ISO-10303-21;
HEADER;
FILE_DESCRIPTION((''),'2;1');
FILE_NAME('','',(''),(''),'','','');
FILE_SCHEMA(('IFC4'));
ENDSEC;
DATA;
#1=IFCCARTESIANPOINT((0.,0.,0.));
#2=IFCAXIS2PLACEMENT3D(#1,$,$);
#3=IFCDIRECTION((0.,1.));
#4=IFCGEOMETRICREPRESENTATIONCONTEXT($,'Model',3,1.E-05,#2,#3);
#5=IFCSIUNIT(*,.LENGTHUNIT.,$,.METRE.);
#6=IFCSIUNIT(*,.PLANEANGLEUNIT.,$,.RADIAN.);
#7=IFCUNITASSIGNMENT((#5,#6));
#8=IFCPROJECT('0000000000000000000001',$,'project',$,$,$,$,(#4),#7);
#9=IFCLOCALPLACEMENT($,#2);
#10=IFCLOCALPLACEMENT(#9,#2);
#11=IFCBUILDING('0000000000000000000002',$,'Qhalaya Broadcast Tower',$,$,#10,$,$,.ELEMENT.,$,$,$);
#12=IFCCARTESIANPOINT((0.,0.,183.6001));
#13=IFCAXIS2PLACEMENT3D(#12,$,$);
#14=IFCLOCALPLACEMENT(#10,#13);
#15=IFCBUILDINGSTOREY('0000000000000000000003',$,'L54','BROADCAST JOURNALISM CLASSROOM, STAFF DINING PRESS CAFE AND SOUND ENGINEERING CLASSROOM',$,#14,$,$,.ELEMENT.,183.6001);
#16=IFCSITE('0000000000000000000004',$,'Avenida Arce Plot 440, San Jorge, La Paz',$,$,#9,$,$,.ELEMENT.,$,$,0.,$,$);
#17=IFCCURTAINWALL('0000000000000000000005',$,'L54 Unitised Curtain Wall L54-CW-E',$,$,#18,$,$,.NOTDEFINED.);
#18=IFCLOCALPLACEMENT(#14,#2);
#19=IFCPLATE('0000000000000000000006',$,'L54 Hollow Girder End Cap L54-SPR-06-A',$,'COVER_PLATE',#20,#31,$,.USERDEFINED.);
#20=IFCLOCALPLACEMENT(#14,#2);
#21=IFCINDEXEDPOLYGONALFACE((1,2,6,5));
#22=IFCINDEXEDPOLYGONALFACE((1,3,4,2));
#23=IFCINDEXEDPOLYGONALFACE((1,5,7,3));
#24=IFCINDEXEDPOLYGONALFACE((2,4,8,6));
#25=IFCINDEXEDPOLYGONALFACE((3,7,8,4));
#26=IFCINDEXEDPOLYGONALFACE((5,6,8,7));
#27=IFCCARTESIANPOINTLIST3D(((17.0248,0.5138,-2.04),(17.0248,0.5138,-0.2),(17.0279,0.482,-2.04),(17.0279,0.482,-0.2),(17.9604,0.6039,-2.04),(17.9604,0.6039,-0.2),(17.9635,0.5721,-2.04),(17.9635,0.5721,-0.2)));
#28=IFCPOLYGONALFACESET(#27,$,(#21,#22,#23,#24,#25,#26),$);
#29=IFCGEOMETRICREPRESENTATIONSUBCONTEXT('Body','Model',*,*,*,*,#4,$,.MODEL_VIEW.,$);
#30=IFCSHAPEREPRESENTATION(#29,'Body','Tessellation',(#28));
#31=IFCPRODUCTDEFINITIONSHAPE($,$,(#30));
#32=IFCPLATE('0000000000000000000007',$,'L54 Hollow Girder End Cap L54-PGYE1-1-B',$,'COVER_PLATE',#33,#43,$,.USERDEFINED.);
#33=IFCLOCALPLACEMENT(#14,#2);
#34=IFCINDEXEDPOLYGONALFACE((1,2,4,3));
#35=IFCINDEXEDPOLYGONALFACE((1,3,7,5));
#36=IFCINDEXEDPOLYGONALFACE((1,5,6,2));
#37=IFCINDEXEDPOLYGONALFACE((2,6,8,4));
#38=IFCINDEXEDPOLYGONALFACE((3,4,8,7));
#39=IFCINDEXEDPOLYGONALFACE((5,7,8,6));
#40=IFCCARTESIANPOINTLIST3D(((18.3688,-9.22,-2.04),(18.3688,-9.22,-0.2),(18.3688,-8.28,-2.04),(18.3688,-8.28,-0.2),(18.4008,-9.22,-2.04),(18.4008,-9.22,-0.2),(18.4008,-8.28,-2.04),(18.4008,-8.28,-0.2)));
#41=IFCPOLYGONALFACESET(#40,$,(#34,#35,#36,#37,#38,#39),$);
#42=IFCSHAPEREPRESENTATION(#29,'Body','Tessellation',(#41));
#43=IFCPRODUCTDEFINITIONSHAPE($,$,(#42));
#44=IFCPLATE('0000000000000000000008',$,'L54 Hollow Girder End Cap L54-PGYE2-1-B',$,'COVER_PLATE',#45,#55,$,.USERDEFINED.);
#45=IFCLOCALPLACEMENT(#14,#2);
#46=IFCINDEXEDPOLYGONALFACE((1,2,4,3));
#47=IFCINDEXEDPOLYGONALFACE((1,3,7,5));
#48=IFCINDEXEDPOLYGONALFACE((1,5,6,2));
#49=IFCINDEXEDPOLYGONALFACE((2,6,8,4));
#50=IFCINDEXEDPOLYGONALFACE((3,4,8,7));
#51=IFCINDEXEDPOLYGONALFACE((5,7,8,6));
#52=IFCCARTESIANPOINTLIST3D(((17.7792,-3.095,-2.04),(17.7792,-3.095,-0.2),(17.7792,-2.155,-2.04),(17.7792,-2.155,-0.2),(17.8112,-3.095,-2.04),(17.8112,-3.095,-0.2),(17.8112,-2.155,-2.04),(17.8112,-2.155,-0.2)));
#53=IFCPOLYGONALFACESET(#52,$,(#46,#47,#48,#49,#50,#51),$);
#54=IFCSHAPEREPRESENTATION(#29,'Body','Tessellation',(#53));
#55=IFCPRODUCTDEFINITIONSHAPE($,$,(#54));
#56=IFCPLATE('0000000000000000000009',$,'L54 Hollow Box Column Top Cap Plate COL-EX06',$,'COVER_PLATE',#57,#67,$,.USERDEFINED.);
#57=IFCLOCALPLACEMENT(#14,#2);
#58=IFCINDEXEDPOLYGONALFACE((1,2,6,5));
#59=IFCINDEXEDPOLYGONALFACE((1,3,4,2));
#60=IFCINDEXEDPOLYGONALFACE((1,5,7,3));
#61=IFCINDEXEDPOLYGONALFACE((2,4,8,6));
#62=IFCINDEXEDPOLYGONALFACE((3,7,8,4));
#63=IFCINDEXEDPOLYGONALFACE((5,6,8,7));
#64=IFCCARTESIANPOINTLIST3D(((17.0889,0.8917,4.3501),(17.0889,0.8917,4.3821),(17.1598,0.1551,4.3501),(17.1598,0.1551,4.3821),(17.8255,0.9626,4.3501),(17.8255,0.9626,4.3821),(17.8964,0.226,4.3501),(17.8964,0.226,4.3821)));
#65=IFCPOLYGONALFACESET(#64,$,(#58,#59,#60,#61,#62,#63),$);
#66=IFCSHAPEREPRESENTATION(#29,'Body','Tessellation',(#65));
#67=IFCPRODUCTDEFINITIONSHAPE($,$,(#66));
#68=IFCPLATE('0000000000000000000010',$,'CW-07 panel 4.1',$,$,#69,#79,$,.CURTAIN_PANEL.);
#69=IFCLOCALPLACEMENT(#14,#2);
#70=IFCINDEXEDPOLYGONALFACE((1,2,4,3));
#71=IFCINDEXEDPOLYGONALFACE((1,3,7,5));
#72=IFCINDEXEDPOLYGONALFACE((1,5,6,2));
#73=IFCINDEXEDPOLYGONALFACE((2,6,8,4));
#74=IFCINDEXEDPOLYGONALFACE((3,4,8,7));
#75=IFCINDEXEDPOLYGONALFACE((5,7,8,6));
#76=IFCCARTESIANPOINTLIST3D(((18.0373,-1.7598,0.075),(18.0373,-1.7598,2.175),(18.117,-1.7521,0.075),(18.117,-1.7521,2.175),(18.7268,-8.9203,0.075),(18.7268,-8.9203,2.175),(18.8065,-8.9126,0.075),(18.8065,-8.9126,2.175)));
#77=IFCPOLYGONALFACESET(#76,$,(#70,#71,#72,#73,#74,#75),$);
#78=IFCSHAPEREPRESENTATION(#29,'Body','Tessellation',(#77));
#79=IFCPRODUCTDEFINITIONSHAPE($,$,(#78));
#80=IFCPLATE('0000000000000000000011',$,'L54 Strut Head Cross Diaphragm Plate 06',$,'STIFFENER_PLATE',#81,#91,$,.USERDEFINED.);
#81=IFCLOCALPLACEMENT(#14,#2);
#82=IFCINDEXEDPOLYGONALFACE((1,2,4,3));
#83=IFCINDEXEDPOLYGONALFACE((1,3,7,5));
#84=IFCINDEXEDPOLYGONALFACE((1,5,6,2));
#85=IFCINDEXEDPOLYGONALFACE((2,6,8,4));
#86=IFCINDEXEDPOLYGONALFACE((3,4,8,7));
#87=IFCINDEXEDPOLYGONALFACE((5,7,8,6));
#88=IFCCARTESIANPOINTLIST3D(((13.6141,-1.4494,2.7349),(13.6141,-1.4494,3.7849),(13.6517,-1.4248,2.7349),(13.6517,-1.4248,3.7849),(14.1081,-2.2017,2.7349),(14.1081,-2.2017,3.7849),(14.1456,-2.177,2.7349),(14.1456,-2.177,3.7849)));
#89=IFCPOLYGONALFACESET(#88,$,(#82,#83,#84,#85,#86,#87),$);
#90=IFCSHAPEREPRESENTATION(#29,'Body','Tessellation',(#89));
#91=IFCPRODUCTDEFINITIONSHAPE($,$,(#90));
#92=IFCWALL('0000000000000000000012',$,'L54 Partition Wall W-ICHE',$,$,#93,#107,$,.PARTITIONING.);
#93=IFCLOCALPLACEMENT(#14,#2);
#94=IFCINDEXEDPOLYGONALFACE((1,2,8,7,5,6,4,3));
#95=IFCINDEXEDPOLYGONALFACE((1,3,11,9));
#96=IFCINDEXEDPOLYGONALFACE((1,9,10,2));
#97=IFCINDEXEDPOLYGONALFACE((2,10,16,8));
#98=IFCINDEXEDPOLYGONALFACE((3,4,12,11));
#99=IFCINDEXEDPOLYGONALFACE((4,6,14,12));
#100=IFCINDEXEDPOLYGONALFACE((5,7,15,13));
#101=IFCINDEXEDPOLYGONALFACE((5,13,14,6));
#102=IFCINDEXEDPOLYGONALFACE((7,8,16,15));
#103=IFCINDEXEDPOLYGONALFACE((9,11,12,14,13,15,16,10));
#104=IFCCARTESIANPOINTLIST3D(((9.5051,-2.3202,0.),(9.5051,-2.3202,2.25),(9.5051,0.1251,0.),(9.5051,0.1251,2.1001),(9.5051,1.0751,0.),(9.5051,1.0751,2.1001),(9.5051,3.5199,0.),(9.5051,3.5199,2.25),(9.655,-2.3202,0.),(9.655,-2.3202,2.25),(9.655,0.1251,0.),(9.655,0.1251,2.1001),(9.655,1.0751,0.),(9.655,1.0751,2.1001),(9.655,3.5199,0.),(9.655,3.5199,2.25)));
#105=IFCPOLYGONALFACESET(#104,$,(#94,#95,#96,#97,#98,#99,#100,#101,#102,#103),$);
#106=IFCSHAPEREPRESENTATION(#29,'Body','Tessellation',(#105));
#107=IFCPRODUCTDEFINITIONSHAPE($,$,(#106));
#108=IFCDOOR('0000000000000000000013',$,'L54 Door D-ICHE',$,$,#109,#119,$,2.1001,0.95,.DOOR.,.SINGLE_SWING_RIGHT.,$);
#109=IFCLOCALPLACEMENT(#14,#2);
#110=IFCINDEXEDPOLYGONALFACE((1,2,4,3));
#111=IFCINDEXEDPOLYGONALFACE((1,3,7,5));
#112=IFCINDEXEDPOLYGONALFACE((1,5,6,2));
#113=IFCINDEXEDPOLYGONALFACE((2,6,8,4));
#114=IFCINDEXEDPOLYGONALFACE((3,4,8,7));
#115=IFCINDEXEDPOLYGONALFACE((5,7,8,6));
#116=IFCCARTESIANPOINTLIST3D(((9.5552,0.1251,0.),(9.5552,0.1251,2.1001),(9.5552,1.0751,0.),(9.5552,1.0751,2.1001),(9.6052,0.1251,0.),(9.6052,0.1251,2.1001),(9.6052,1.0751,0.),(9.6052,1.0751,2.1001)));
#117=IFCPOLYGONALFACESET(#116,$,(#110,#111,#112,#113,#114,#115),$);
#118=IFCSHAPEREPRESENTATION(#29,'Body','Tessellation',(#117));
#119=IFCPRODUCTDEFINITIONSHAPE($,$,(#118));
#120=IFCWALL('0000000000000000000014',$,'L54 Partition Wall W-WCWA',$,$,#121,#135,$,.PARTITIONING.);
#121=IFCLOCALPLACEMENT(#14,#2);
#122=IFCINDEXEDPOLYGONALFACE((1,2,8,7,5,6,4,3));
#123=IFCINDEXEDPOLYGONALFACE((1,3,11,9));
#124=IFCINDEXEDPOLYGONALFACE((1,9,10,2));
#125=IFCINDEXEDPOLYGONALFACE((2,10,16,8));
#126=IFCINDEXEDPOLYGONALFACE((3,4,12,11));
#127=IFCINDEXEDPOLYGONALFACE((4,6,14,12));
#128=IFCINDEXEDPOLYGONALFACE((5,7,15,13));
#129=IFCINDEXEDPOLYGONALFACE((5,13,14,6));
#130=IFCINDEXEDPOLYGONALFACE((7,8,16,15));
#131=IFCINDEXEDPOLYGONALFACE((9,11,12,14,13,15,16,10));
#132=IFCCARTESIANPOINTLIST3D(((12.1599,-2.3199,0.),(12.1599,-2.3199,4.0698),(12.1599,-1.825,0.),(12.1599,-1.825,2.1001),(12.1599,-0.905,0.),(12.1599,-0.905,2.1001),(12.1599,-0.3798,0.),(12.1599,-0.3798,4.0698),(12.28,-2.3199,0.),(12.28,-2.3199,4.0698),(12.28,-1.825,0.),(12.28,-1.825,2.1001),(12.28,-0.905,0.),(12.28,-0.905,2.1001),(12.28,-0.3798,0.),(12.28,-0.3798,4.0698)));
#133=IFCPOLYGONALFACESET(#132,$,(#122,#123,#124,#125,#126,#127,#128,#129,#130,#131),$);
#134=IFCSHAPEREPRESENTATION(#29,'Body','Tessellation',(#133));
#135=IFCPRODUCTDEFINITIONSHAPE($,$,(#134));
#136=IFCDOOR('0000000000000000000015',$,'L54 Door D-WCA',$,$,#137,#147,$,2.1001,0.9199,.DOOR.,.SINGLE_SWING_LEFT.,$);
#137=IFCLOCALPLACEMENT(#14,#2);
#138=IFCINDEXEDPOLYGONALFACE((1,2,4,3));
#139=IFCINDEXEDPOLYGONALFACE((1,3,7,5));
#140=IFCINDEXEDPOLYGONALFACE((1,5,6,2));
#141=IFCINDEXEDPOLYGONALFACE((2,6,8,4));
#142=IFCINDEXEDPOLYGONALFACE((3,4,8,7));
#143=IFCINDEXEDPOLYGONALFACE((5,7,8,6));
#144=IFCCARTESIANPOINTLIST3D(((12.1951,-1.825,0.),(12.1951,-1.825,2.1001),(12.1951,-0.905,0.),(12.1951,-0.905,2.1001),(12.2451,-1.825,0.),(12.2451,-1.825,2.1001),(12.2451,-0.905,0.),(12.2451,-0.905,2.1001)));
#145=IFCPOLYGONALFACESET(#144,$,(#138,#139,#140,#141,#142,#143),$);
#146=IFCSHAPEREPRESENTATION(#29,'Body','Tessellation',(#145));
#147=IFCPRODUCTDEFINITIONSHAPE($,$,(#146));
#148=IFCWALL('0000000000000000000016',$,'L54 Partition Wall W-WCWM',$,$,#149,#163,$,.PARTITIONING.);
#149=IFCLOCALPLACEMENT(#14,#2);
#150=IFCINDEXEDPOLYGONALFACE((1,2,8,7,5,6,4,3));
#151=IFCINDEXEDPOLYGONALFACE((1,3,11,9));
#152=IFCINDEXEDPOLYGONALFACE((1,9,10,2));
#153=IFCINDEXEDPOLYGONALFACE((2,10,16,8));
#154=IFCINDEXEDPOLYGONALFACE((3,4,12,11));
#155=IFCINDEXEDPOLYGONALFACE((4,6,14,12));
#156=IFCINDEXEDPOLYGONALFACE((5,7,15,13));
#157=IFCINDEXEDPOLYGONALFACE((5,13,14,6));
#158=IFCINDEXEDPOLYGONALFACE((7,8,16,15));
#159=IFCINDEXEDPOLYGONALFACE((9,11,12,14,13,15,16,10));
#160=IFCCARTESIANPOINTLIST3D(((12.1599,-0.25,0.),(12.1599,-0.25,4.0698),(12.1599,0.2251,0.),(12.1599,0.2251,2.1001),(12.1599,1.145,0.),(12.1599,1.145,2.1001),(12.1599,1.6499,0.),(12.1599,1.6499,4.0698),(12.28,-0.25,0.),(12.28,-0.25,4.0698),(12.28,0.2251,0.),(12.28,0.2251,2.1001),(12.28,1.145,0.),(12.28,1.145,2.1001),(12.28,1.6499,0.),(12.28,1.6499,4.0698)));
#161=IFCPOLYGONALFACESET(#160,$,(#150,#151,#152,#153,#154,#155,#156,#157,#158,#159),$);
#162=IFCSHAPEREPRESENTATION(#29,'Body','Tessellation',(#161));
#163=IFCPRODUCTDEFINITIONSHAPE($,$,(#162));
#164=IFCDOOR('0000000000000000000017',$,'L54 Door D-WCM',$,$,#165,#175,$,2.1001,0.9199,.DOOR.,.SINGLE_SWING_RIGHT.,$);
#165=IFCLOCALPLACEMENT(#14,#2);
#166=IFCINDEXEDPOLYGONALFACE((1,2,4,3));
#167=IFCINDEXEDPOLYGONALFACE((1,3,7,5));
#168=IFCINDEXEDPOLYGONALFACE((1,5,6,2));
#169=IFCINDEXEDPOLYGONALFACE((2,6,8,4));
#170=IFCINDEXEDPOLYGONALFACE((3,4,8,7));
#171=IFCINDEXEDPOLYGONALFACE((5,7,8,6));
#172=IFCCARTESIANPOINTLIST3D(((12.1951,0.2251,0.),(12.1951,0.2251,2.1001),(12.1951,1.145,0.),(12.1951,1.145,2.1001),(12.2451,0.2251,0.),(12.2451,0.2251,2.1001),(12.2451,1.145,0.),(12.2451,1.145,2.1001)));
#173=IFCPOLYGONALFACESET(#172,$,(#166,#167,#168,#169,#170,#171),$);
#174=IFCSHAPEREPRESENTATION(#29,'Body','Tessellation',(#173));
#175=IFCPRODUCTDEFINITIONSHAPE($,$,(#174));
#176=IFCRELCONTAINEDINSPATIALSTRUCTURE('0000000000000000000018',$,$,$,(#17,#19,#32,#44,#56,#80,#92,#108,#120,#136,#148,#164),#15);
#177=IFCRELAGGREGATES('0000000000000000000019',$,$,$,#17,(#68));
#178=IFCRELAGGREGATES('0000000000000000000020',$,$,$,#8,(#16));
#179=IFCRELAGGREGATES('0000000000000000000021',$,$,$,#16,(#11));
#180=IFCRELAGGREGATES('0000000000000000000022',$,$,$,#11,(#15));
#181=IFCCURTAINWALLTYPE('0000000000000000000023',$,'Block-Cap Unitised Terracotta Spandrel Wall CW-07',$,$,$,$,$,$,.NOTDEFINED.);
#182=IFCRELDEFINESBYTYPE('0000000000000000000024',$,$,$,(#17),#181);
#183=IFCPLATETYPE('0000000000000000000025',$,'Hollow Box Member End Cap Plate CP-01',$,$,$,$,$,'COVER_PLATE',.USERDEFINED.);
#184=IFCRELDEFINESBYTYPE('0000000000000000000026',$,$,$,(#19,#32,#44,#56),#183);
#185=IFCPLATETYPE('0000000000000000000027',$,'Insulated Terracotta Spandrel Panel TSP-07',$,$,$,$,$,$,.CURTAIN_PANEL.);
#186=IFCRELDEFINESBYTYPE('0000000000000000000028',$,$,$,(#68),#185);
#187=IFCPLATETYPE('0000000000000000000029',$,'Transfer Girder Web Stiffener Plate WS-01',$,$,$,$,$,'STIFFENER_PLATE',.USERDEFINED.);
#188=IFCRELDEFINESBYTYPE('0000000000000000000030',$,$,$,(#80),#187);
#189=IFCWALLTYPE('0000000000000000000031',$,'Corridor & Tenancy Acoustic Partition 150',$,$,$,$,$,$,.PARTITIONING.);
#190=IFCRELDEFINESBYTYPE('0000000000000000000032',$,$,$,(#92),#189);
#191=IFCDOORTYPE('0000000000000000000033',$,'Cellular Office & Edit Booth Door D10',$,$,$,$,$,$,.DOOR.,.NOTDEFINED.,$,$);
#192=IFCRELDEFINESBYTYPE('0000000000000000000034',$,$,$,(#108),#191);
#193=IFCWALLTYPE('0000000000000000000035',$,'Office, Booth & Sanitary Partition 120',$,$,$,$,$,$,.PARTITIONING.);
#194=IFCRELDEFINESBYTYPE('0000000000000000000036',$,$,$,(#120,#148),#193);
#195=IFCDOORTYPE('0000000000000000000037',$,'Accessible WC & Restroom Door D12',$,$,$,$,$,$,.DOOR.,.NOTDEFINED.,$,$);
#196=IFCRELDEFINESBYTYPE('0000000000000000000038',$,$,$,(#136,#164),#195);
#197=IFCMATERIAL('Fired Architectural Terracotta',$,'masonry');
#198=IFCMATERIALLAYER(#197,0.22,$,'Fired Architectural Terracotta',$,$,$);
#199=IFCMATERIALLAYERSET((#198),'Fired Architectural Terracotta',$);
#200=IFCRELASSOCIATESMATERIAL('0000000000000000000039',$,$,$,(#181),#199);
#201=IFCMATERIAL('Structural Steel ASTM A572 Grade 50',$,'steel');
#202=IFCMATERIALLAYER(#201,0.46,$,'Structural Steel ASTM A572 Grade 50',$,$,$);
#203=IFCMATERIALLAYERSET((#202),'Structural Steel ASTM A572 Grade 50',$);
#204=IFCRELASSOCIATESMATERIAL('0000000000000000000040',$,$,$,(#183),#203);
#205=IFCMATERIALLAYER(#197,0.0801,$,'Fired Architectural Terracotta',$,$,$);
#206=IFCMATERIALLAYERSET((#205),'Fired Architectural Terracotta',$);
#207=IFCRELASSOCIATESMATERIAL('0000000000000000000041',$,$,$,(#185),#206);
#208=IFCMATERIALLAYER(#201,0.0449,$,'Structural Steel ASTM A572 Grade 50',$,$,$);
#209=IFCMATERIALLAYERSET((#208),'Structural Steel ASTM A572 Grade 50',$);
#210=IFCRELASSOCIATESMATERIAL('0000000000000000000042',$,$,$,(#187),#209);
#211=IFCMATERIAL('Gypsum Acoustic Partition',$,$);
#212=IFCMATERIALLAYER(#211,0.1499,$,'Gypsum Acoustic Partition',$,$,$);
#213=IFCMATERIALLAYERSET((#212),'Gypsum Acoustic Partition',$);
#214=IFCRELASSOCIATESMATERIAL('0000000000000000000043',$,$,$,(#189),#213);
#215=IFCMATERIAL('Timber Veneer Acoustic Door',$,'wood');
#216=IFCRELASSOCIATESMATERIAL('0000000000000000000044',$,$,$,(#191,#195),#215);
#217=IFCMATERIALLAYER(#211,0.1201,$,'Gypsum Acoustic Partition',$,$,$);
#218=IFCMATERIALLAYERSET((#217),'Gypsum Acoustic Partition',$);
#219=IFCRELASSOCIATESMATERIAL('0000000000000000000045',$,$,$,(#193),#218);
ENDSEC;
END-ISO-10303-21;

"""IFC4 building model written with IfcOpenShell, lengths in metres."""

from ifc_helpers import new_model, si_unit, direction, frame, frame_2d, origin, origin_2d, place, context, subcontext, project, spatial, rectangle, extrude, material, layer, layer_set, type_object, element, fill, aggregate, save


model = new_model("IFC4")

# Units and contexts
model_context = context("Model", 3, precision=1e-05, world=origin(), true_north=direction((0.0, 1.0)))
body_context = subcontext(model_context, "Body", "Model", "MODEL_VIEW")
ifc_project = project(units=[si_unit("LENGTHUNIT", "METRE"), si_unit("PLANEANGLEUNIT", "RADIAN")], contexts=[model_context])

# Site, building, storey
site_placement = place(None, origin())
site = spatial("IfcSite", under=ifc_project, at=site_placement, Name="Avenida Arce Plot 440, San Jorge, La Paz", CompositionType="ELEMENT", RefElevation=0.0)
building_placement = place(site_placement, origin())
building = spatial("IfcBuilding", under=site, at=building_placement, Name="Qhalaya Broadcast Tower", CompositionType="ELEMENT")
storey_placement = place(building_placement, frame((0.0, 0.0, 183.6001)))
storey = spatial("IfcBuildingStorey", under=building, at=storey_placement, Name="L54", Description="BROADCAST JOURNALISM CLASSROOM, STAFF DINING PRESS CAFE AND SOUND ENGINEERING CLASSROOM", CompositionType="ELEMENT", Elevation=183.6001)

# Shared definitions
ifc_material_1 = material(Name="Structural Steel ASTM A572 Grade 50", Category="steel")

# Curtain wall
ifc_material_2 = material(Name="Fired Architectural Terracotta", Category="masonry")
ifc_layer_1 = layer(ifc_material_2, 0.22, Name="Fired Architectural Terracotta")
ifc_layer_set_1 = layer_set([ifc_layer_1], Name="Fired Architectural Terracotta")
curtain_wall_type = type_object("IfcCurtainWallType", Name="Block-Cap Unitised Terracotta Spandrel Wall CW-07", PredefinedType="NOTDEFINED", material=ifc_layer_set_1)
curtain_wall_placement = place(storey_placement, origin())
curtain_wall = element("IfcCurtainWall", 1, at=curtain_wall_placement, inside=storey, type_object=curtain_wall_type, Name="L54 Unitised Curtain Wall L54-CW-E", PredefinedType="NOTDEFINED")

# Plates
ifc_layer_2 = layer(ifc_material_1, 0.46, Name="Structural Steel ASTM A572 Grade 50")
ifc_layer_set_2 = layer_set([ifc_layer_2], Name="Structural Steel ASTM A572 Grade 50")
plate_type_1 = type_object("IfcPlateType", Name="Hollow Box Member End Cap Plate CP-01", ElementType="COVER_PLATE", PredefinedType="USERDEFINED", material=ifc_layer_set_2)
for number, where, z_axis, x_axis, name in (
    (2, (17.4941, 0.543, -2.04), (0.0, 0.0, 1.0), (-0.995396, -0.095846, 0.0), "L54 Hollow Girder End Cap L54-SPR-06-A"),
    (3, (18.3848, -8.75, -2.04), (0.0, 0.0, 1.0), (0.0, 1.0, 0.0), "L54 Hollow Girder End Cap L54-PGYE1-1-B"),
    (4, (17.7952, -2.625, -2.04), (0.0, 0.0, 1.0), (0.0, 1.0, 0.0), "L54 Hollow Girder End Cap L54-PGYE2-1-B"),
):
    element("IfcPlate", number, at=place(storey_placement, frame(where, z_axis=z_axis, x_axis=x_axis)), inside=storey, type_object=plate_type_1, Name=name, ObjectType="COVER_PLATE", PredefinedType="USERDEFINED", context=body_context, shape_type="SweptSolid", body=[
        extrude(rectangle(XDim=0.9399, YDim=0.032, at=origin_2d()), origin(), (0.0, 0.0, 1.0), 1.8401),
    ])
plate_1_placement = place(storey_placement, frame((17.4927, 0.5588, 4.3501), z_axis=(0.0, 0.0, 1.0), x_axis=(-0.095846, 0.995396, 0.0)))
element("IfcPlate", 5, at=plate_1_placement, inside=storey, type_object=plate_type_1, Name="L54 Hollow Box Column Top Cap Plate COL-EX06", ObjectType="COVER_PLATE", PredefinedType="USERDEFINED", context=body_context, shape_type="SweptSolid", body=[
    extrude(rectangle(XDim=0.74, YDim=0.74, at=origin_2d()), origin(), (0.0, 0.0, 1.0), 0.032),
])

# Plates
ifc_layer_3 = layer(ifc_material_2, 0.0801, Name="Fired Architectural Terracotta")
ifc_layer_set_3 = layer_set([ifc_layer_3], Name="Fired Architectural Terracotta")
plate_type_2 = type_object("IfcPlateType", Name="Insulated Terracotta Spandrel Panel TSP-07", PredefinedType="CURTAIN_PANEL", material=ifc_layer_set_3)
plate_2_placement = place(storey_placement, frame((18.4219, -5.3362, 0.075), z_axis=(0.0, 0.0, 1.0), x_axis=(0.095846, -0.995396, 0.0)))
plate_2 = element("IfcPlate", 6, at=plate_2_placement, type_object=plate_type_2, Name="CW-07 panel 4.1", PredefinedType="CURTAIN_PANEL", context=body_context, shape_type="SweptSolid", body=[
    extrude(rectangle(XDim=7.1936, YDim=0.0801, at=origin_2d()), origin(), (0.0, 0.0, 1.0), 2.1001),
])
aggregate(curtain_wall, [plate_2])
ifc_layer_4 = layer(ifc_material_1, 0.0449, Name="Structural Steel ASTM A572 Grade 50")
ifc_layer_set_4 = layer_set([ifc_layer_4], Name="Structural Steel ASTM A572 Grade 50")
plate_type_3 = type_object("IfcPlateType", Name="Transfer Girder Web Stiffener Plate WS-01", ElementType="STIFFENER_PLATE", PredefinedType="USERDEFINED", material=ifc_layer_set_4)
plate_3_placement = place(storey_placement, frame((13.8799, -1.8132, 2.7349), z_axis=(0.0, 0.0, 1.0), x_axis=(0.548877, -0.835903, 0.0)))
element("IfcPlate", 7, at=plate_3_placement, inside=storey, type_object=plate_type_3, Name="L54 Strut Head Cross Diaphragm Plate 06", ObjectType="STIFFENER_PLATE", PredefinedType="USERDEFINED", context=body_context, shape_type="SweptSolid", body=[
    extrude(rectangle(XDim=0.8999, YDim=0.0449, at=origin_2d()), origin(), (0.0, 0.0, 1.0), 1.05),
])

# Walls, openings, doors
ifc_material_3 = material(Name="Gypsum Acoustic Partition")
ifc_layer_5 = layer(ifc_material_3, 0.1499, Name="Gypsum Acoustic Partition")
ifc_layer_set_5 = layer_set([ifc_layer_5], Name="Gypsum Acoustic Partition")
wall_type_1 = type_object("IfcWallType", Name="Corridor & Tenancy Acoustic Partition 150", PredefinedType="PARTITIONING", material=ifc_layer_set_5)
wall_1_placement = place(storey_placement, frame((9.5801, -2.3201, 0.0), z_axis=(0.0, 0.0, 1.0), x_axis=(0.0, 1.0, 0.0)))
wall_1 = element("IfcWall", 8, at=wall_1_placement, inside=storey, type_object=wall_type_1, Name="L54 Partition Wall W-ICHE", PredefinedType="PARTITIONING", context=body_context, shape_type="SweptSolid", body=[
    extrude(rectangle(XDim=5.8401, YDim=0.1499, at=frame_2d((2.9199, 0.0))), origin(), (0.0, 0.0, 1.0), 2.25),
])
opening_1_placement = place(wall_1_placement, frame((2.4451, 0.0, 0.0)))
opening_1 = element("IfcOpeningElement", 9, at=opening_1_placement, cuts=wall_1, PredefinedType="OPENING", context=body_context, shape_type="SweptSolid", body=[
    extrude(rectangle(XDim=0.95, YDim=2.1001, at=frame_2d((0.4751, 1.05))), frame((0.0, 0.0869, 0.0), z_axis=(0.0, -1.0, 0.0), x_axis=(1.0, 0.0, 0.0)), (0.0, 0.0, 1.0), 0.1738),
])
ifc_material_4 = material(Name="Timber Veneer Acoustic Door", Category="wood")
door_type_1 = type_object("IfcDoorType", Name="Cellular Office & Edit Booth Door D10", OperationType="NOTDEFINED", PredefinedType="DOOR", material=ifc_material_4)
door_1_placement = place(opening_1_placement, origin())
door_1 = element("IfcDoor", 10, at=door_1_placement, inside=storey, type_object=door_type_1, Name="L54 Door D-ICHE", OperationType="SINGLE_SWING_RIGHT", OverallHeight=2.1001, OverallWidth=0.95, PredefinedType="DOOR", context=body_context, shape_type="SweptSolid", body=[
    extrude(rectangle(XDim=0.95, YDim=2.1001, at=frame_2d((0.4751, 1.05))), frame((0.0, 0.0249, 0.0), z_axis=(0.0, -1.0, 0.0), x_axis=(1.0, 0.0, 0.0)), (0.0, 0.0, 1.0), 0.05),
])
fill(opening_1, door_1)
ifc_layer_6 = layer(ifc_material_3, 0.1201, Name="Gypsum Acoustic Partition")
ifc_layer_set_6 = layer_set([ifc_layer_6], Name="Gypsum Acoustic Partition")
wall_type_2 = type_object("IfcWallType", Name="Office, Booth & Sanitary Partition 120", PredefinedType="PARTITIONING", material=ifc_layer_set_6)
wall_2_placement = place(storey_placement, frame((12.22, -2.3201, 0.0), z_axis=(0.0, 0.0, 1.0), x_axis=(0.0, 1.0, 0.0)))
wall_2 = element("IfcWall", 11, at=wall_2_placement, inside=storey, type_object=wall_type_2, Name="L54 Partition Wall W-WCWA", PredefinedType="PARTITIONING", context=body_context, shape_type="SweptSolid", body=[
    extrude(rectangle(XDim=1.9402, YDim=0.1201, at=frame_2d((0.9702, 0.0))), origin(), (0.0, 0.0, 1.0), 4.0698),
])
opening_2_placement = place(wall_2_placement, frame((0.4951, 0.0, 0.0)))
opening_2 = element("IfcOpeningElement", 12, at=opening_2_placement, cuts=wall_2, PredefinedType="OPENING", context=body_context, shape_type="SweptSolid", body=[
    extrude(rectangle(XDim=0.9199, YDim=2.1001, at=frame_2d((0.46, 1.05))), frame((0.0, 0.072, 0.0), z_axis=(0.0, -1.0, 0.0), x_axis=(1.0, 0.0, 0.0)), (0.0, 0.0, 1.0), 0.144),
])
door_type_2 = type_object("IfcDoorType", Name="Accessible WC & Restroom Door D12", OperationType="NOTDEFINED", PredefinedType="DOOR", material=ifc_material_4)
door_2_placement = place(opening_2_placement, origin())
door_2 = element("IfcDoor", 13, at=door_2_placement, inside=storey, type_object=door_type_2, Name="L54 Door D-WCA", OperationType="SINGLE_SWING_LEFT", OverallHeight=2.1001, OverallWidth=0.9199, PredefinedType="DOOR", context=body_context, shape_type="SweptSolid", body=[
    extrude(rectangle(XDim=0.9199, YDim=2.1001, at=frame_2d((0.46, 1.05))), frame((0.0, 0.0249, 0.0), z_axis=(0.0, -1.0, 0.0), x_axis=(1.0, 0.0, 0.0)), (0.0, 0.0, 1.0), 0.05),
])
fill(opening_2, door_2)
wall_3_placement = place(storey_placement, frame((12.22, -0.25, 0.0), z_axis=(0.0, 0.0, 1.0), x_axis=(0.0, 1.0, 0.0)))
wall_3 = element("IfcWall", 14, at=wall_3_placement, inside=storey, type_object=wall_type_2, Name="L54 Partition Wall W-WCWM", PredefinedType="PARTITIONING", context=body_context, shape_type="SweptSolid", body=[
    extrude(rectangle(XDim=1.8999, YDim=0.1201, at=frame_2d((0.95, 0.0))), origin(), (0.0, 0.0, 1.0), 4.0698),
])
opening_3_placement = place(wall_3_placement, frame((0.4751, 0.0, 0.0)))
opening_3 = element("IfcOpeningElement", 15, at=opening_3_placement, cuts=wall_3, PredefinedType="OPENING", context=body_context, shape_type="SweptSolid", body=[
    extrude(rectangle(XDim=0.9199, YDim=2.1001, at=frame_2d((0.46, 1.05))), frame((0.0, 0.072, 0.0), z_axis=(0.0, -1.0, 0.0), x_axis=(1.0, 0.0, 0.0)), (0.0, 0.0, 1.0), 0.144),
])
door_3_placement = place(opening_3_placement, origin())
door_3 = element("IfcDoor", 16, at=door_3_placement, inside=storey, type_object=door_type_2, Name="L54 Door D-WCM", OperationType="SINGLE_SWING_RIGHT", OverallHeight=2.1001, OverallWidth=0.9199, PredefinedType="DOOR", context=body_context, shape_type="SweptSolid", body=[
    extrude(rectangle(XDim=0.9199, YDim=2.1001, at=frame_2d((0.46, 1.05))), frame((0.0, 0.0249, 0.0), z_axis=(0.0, -1.0, 0.0), x_axis=(1.0, 0.0, 0.0)), (0.0, 0.0, 1.0), 0.05),
])
fill(opening_3, door_3)

save(model, "model.ifc")
